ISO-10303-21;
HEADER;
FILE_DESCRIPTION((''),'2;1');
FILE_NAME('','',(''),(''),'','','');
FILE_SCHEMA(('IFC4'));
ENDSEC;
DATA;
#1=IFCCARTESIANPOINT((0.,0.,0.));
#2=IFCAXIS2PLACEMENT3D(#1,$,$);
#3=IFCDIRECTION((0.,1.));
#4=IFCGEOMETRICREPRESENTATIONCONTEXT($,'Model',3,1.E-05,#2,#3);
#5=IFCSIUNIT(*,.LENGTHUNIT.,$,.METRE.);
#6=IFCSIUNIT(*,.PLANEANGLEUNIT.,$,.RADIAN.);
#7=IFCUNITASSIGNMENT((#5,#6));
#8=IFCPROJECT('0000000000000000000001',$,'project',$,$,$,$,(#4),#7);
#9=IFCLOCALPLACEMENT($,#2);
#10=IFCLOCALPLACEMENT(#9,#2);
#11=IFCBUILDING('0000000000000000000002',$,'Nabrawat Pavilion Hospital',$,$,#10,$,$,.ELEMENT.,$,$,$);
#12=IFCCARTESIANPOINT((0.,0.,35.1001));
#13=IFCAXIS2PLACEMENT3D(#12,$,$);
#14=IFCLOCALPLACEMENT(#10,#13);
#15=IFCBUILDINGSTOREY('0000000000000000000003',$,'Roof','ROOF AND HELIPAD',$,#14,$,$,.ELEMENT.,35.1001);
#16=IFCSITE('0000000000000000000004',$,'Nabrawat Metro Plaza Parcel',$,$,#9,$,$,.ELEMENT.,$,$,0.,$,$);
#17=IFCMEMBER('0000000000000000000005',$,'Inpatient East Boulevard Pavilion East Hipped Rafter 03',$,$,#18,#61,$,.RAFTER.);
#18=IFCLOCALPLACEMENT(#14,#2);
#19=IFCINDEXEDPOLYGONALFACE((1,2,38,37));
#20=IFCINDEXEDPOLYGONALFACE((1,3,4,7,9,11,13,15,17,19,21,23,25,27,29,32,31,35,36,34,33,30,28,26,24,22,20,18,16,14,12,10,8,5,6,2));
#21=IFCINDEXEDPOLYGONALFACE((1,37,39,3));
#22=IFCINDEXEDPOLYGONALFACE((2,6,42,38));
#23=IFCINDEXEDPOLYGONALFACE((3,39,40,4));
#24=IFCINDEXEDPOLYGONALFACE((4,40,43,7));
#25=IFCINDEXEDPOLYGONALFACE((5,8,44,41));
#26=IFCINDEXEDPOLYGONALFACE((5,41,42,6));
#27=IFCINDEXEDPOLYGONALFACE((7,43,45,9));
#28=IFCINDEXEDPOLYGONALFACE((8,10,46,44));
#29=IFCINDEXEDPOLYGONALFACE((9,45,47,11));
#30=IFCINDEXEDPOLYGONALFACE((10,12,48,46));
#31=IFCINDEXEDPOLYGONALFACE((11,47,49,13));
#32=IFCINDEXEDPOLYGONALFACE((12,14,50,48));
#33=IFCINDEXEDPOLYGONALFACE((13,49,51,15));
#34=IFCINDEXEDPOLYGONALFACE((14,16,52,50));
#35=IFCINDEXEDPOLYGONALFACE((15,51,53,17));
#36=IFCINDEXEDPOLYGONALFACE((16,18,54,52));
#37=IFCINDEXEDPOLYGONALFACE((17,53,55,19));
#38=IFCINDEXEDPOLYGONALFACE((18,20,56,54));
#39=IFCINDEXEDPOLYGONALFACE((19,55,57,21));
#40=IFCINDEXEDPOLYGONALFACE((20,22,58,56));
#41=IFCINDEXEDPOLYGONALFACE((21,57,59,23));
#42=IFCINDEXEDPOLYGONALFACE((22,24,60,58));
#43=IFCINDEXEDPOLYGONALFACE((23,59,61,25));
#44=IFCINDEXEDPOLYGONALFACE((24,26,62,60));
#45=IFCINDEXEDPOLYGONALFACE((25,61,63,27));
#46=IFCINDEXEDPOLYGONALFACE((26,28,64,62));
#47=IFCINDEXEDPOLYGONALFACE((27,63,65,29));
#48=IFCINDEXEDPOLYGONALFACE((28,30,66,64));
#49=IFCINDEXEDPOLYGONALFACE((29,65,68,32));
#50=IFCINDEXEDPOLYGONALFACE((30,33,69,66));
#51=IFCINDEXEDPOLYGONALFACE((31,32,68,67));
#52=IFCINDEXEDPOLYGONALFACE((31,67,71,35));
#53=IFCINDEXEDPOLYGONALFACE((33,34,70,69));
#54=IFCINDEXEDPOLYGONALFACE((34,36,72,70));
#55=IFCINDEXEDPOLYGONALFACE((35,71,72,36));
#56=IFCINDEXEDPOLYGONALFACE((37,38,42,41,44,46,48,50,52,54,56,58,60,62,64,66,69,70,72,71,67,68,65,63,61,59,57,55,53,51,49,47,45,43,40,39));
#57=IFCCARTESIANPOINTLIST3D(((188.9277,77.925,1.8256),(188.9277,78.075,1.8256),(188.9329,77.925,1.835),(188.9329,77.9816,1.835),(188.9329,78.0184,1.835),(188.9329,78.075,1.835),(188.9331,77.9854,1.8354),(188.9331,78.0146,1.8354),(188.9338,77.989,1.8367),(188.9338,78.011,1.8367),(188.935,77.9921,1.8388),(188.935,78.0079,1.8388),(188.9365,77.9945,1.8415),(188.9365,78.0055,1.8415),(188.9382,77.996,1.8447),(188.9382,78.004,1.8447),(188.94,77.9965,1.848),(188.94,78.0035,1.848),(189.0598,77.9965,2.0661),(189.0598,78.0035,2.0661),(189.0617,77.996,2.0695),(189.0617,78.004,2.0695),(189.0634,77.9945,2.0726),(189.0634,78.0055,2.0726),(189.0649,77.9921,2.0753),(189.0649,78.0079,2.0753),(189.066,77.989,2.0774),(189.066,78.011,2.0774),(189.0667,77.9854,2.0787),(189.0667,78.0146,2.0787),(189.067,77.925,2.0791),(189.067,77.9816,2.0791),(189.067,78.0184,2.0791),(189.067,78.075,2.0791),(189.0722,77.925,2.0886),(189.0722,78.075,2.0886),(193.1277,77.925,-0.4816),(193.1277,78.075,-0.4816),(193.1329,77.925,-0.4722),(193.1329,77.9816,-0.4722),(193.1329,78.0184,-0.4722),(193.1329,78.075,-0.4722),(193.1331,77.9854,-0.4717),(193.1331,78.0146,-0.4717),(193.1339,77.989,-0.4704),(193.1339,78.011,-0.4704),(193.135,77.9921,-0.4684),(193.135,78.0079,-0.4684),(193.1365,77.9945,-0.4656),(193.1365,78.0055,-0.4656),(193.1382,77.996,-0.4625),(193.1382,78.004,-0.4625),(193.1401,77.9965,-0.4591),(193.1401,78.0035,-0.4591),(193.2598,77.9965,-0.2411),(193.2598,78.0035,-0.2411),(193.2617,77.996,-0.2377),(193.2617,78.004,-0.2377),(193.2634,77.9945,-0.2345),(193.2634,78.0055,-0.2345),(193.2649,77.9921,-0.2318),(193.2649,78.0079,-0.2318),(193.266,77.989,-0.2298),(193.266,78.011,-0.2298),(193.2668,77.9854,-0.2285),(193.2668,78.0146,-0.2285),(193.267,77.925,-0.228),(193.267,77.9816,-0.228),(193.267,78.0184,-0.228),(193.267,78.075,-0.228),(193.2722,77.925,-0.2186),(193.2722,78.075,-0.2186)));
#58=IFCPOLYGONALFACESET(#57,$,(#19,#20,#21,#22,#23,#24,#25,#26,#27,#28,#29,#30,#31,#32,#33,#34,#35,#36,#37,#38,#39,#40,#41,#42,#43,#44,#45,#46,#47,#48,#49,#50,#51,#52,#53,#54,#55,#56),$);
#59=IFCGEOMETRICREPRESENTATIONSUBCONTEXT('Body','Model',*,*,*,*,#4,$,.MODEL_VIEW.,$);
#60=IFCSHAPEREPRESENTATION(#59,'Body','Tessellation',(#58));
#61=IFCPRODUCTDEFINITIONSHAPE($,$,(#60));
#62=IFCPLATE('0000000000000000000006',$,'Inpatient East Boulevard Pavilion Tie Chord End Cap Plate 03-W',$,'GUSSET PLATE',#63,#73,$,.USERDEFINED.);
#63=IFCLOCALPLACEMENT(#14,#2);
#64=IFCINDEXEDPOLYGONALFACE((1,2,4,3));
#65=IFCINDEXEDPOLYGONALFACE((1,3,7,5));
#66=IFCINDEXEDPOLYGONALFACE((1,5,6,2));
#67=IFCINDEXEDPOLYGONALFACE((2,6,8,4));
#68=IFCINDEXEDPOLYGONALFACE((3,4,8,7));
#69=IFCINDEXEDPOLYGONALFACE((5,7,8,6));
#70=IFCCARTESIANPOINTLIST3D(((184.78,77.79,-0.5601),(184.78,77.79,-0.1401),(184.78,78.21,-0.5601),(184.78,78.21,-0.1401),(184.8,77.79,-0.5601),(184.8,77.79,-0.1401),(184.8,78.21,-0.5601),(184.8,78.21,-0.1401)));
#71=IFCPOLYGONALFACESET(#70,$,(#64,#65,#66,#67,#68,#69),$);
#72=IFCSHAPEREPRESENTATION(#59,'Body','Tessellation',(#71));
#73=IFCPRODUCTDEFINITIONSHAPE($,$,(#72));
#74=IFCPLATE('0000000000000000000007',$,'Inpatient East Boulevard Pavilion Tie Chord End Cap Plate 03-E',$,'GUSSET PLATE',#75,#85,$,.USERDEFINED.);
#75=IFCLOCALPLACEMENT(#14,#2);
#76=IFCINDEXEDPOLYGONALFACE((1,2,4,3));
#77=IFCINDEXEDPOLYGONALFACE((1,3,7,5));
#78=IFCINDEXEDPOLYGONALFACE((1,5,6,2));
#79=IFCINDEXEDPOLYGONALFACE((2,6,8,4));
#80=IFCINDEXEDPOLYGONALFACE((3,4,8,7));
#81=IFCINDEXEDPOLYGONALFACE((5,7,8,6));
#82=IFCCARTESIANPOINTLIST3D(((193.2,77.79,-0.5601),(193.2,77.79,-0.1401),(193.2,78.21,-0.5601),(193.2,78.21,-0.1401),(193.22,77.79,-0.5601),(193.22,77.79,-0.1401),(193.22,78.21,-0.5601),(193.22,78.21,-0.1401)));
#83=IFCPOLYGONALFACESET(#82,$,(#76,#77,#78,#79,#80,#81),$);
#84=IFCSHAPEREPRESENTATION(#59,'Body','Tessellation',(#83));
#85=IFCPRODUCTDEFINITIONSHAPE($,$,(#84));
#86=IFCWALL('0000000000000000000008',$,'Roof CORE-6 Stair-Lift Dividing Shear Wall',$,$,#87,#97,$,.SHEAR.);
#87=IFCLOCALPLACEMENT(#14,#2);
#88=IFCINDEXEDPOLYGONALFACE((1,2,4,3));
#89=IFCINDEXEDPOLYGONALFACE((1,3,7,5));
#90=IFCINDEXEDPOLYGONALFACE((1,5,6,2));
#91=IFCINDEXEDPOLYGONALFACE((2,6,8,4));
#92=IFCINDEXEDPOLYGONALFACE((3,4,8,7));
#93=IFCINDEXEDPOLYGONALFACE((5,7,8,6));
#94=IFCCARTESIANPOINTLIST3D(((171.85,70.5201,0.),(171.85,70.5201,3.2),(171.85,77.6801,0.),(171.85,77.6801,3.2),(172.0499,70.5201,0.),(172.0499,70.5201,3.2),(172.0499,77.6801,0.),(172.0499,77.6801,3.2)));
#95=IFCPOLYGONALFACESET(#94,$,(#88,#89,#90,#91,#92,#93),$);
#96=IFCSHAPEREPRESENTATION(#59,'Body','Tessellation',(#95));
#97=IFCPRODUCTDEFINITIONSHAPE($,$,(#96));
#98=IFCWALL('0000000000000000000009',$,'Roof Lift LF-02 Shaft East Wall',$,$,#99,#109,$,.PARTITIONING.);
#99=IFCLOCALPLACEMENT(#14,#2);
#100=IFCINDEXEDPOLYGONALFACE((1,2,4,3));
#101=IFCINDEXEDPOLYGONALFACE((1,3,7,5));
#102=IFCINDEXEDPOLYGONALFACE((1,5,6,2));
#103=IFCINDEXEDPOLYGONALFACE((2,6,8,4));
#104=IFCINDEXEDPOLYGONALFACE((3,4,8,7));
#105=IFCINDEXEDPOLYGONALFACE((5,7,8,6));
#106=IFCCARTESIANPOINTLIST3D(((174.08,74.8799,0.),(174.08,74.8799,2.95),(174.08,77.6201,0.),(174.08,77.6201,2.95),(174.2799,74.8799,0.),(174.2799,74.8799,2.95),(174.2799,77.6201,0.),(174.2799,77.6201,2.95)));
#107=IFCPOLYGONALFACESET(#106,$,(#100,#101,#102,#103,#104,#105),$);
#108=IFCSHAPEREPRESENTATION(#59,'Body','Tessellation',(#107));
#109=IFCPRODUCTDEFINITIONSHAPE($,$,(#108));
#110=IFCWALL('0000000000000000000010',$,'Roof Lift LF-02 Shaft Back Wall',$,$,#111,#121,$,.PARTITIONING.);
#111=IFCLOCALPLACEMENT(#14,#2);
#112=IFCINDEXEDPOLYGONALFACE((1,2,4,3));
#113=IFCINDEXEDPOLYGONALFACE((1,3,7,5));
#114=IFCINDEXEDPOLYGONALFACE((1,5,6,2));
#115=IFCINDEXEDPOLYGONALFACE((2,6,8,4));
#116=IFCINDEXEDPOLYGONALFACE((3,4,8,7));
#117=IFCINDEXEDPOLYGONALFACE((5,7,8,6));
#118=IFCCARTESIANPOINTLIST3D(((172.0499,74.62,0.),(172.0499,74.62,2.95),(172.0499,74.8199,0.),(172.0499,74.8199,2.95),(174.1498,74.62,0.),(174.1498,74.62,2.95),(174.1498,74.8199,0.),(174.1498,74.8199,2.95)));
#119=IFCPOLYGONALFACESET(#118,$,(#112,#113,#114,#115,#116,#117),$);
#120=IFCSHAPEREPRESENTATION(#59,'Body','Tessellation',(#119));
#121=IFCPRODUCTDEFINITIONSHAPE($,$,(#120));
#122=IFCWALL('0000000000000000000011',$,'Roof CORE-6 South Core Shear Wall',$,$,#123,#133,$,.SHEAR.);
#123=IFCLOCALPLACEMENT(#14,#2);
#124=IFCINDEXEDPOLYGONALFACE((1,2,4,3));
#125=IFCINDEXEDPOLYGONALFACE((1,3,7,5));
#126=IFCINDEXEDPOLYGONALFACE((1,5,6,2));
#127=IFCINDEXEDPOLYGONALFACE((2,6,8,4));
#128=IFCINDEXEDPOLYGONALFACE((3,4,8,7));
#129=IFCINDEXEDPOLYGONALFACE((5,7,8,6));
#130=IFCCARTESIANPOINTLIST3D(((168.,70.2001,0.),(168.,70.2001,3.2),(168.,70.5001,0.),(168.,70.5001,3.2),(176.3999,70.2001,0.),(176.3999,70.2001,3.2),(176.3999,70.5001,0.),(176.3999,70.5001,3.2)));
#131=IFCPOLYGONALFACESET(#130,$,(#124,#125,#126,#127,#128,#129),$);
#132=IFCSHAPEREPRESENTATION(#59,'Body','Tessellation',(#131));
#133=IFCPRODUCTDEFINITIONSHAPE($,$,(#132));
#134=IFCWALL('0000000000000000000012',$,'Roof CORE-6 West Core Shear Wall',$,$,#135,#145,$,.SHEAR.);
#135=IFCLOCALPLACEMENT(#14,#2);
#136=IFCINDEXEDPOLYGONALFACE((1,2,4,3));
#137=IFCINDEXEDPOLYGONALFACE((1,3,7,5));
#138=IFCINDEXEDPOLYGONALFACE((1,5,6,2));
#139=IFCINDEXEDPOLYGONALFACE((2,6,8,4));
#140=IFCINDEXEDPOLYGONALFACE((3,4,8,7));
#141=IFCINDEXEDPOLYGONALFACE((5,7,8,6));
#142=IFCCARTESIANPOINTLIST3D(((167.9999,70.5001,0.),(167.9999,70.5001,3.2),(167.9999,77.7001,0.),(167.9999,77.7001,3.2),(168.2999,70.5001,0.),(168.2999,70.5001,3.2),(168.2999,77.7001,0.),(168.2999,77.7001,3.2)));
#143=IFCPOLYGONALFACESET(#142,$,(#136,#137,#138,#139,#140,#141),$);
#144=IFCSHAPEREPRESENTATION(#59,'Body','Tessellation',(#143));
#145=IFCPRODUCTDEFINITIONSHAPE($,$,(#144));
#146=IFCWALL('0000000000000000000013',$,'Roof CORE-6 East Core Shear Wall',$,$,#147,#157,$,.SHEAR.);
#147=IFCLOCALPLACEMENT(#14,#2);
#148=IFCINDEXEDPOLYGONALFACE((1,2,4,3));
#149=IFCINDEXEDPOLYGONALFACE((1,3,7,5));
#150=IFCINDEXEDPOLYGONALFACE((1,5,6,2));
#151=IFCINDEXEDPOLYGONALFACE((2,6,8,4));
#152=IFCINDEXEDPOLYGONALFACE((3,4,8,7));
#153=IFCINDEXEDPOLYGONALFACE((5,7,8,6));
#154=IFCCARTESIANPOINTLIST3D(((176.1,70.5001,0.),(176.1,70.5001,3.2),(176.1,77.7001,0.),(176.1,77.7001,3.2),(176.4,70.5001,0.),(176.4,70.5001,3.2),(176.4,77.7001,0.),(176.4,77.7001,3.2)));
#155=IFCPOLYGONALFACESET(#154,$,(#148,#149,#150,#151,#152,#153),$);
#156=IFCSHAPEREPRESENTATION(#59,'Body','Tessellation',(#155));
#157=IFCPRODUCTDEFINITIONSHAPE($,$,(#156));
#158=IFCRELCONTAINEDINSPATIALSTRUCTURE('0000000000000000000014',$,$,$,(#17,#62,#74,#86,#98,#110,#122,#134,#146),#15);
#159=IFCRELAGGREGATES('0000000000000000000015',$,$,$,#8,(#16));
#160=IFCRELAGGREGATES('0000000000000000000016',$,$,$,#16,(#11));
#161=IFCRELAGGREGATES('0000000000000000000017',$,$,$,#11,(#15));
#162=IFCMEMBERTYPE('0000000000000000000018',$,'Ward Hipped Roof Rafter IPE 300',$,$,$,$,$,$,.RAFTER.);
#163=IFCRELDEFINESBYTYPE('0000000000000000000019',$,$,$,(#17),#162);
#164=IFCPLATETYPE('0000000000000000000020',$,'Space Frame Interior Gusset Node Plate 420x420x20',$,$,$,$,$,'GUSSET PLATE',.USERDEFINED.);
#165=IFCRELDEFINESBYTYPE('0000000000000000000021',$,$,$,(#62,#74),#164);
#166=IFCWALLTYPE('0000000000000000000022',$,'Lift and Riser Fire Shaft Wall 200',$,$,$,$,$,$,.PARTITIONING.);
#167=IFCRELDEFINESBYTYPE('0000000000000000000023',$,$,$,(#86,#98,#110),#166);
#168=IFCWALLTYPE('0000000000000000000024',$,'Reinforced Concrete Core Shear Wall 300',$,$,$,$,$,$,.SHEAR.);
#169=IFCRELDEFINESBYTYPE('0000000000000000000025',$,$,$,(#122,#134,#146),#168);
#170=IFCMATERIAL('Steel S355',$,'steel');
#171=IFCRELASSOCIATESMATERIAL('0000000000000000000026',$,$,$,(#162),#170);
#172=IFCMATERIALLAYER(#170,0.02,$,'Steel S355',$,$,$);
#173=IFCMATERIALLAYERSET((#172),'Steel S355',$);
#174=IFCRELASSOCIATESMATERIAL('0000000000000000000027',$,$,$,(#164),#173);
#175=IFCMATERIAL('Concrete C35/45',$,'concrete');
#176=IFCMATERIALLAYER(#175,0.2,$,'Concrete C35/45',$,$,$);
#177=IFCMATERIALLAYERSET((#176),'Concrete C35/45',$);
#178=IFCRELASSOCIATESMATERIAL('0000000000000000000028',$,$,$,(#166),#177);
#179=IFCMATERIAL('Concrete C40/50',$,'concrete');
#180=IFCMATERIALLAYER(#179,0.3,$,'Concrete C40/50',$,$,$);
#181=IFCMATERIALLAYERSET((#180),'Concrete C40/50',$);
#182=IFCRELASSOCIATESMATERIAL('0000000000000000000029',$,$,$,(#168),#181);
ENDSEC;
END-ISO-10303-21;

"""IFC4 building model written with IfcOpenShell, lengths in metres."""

from ifc_helpers import new_model, si_unit, direction, frame, frame_2d, origin, origin_2d, place, context, subcontext, project, spatial, rectangle, i_section, extrude, material, layer, layer_set, material_profile, profile_set, type_object, element, save


model = new_model("IFC4")

# Units and contexts
model_context = context("Model", 3, precision=1e-05, world=origin(), true_north=direction((0.0, 1.0)))
body_context = subcontext(model_context, "Body", "Model", "MODEL_VIEW")
ifc_project = project(units=[si_unit("LENGTHUNIT", "METRE"), si_unit("PLANEANGLEUNIT", "RADIAN")], contexts=[model_context])

# Site, building, storey
site_placement = place(None, origin())
site = spatial("IfcSite", under=ifc_project, at=site_placement, Name="Nabrawat Metro Plaza Parcel", CompositionType="ELEMENT", RefElevation=0.0)
building_placement = place(site_placement, origin())
building = spatial("IfcBuilding", under=site, at=building_placement, Name="Nabrawat Pavilion Hospital", CompositionType="ELEMENT")
storey_placement = place(building_placement, frame((0.0, 0.0, 35.1001)))
storey = spatial("IfcBuildingStorey", under=building, at=storey_placement, Name="Roof", Description="ROOF AND HELIPAD", CompositionType="ELEMENT", Elevation=35.1001)

# Shared definitions
ifc_material_1 = material(Name="Steel S355", Category="steel")

# Member
ifc_material_profile_1 = material_profile(ifc_material_1, i_section(OverallWidth=0.1499, OverallDepth=0.3, WebThickness=0.0071, FlangeThickness=0.0107, FilletRadius=0.0149, at=origin_2d()), Name="IPE 300")
ifc_profile_set_1 = profile_set([ifc_material_profile_1], Name="Steel S355")
member_type_1 = type_object("IfcMemberType", Name="Ward Hipped Roof Rafter IPE 300", PredefinedType="RAFTER", material=ifc_profile_set_1)
for number, where, z_axis, x_axis, name in (
    (1, (193.2, 78.0, -0.3501), (-0.876466, 0.0, 0.481463), (0.0, -1.0, 0.0), "Inpatient East Boulevard Pavilion East Hipped Rafter 03"),
):
    element("IfcMember", number, at=place(storey_placement, frame(where, z_axis=z_axis, x_axis=x_axis)), inside=storey, type_object=member_type_1, Name=name, PredefinedType="RAFTER", context=body_context, shape_type="SweptSolid", body=[
        extrude(i_section(OverallWidth=0.1499, OverallDepth=0.3, WebThickness=0.0071, FlangeThickness=0.0107, FilletRadius=0.0149, at=origin_2d()), origin(), (0.0, 0.0, 1.0), 4.792),
    ])

# Plates
ifc_layer_1 = layer(ifc_material_1, 0.02, Name="Steel S355")
ifc_layer_set_1 = layer_set([ifc_layer_1], Name="Steel S355")
plate_type = type_object("IfcPlateType", Name="Space Frame Interior Gusset Node Plate 420x420x20", ElementType="GUSSET PLATE", PredefinedType="USERDEFINED", material=ifc_layer_set_1)
for number, where, z_axis, x_axis, name in (
    (2, (184.79, 78.0, -0.5601), (0.0, 0.0, 1.0), (1.0, 0.0, 0.0), "Inpatient East Boulevard Pavilion Tie Chord End Cap Plate 03-W"),
    (3, (193.21, 78.0, -0.5601), (0.0, 0.0, 1.0), (1.0, 0.0, 0.0), "Inpatient East Boulevard Pavilion Tie Chord End Cap Plate 03-E"),
):
    element("IfcPlate", number, at=place(storey_placement, frame(where, z_axis=z_axis, x_axis=x_axis)), inside=storey, type_object=plate_type, Name=name, ObjectType="GUSSET PLATE", PredefinedType="USERDEFINED", context=body_context, shape_type="SweptSolid", body=[
        extrude(rectangle(XDim=0.02, YDim=0.4199, at=origin_2d()), origin(), (0.0, 0.0, 1.0), 0.4199),
    ])

# Walls
ifc_material_2 = material(Name="Concrete C35/45", Category="concrete")
ifc_layer_2 = layer(ifc_material_2, 0.2, Name="Concrete C35/45")
ifc_layer_set_2 = layer_set([ifc_layer_2], Name="Concrete C35/45")
wall_type_1 = type_object("IfcWallType", Name="Lift and Riser Fire Shaft Wall 200", PredefinedType="PARTITIONING", material=ifc_layer_set_2)
wall_1_placement = place(storey_placement, frame((171.95, 70.52, 0.0), z_axis=(0.0, 0.0, 1.0), x_axis=(0.0, 1.0, 0.0)))
element("IfcWall", 4, at=wall_1_placement, inside=storey, type_object=wall_type_1, Name="Roof CORE-6 Stair-Lift Dividing Shear Wall", PredefinedType="SHEAR", context=body_context, shape_type="SweptSolid", body=[
    extrude(rectangle(XDim=7.1599, YDim=0.2, at=frame_2d((3.5801, 0.0))), origin(), (0.0, 0.0, 1.0), 3.2),
])
wall_2_placement = place(storey_placement, frame((174.1799, 74.8799, 0.0), z_axis=(0.0, 0.0, 1.0), x_axis=(0.0, 1.0, 0.0)))
element("IfcWall", 5, at=wall_2_placement, inside=storey, type_object=wall_type_1, Name="Roof Lift LF-02 Shaft East Wall", PredefinedType="PARTITIONING", context=body_context, shape_type="SweptSolid", body=[
    extrude(rectangle(XDim=2.7402, YDim=0.2, at=frame_2d((1.3701, 0.0))), origin(), (0.0, 0.0, 1.0), 2.95),
])
wall_3_placement = place(storey_placement, frame((172.05, 74.72, 0.0), z_axis=(0.0, 0.0, 1.0), x_axis=(1.0, 0.0, 0.0)))
element("IfcWall", 6, at=wall_3_placement, inside=storey, type_object=wall_type_1, Name="Roof Lift LF-02 Shaft Back Wall", PredefinedType="PARTITIONING", context=body_context, shape_type="SweptSolid", body=[
    extrude(rectangle(XDim=2.0999, YDim=0.2, at=frame_2d((1.0498, 0.0))), origin(), (0.0, 0.0, 1.0), 2.95),
])
ifc_material_3 = material(Name="Concrete C40/50", Category="concrete")
ifc_layer_3 = layer(ifc_material_3, 0.3, Name="Concrete C40/50")
ifc_layer_set_3 = layer_set([ifc_layer_3], Name="Concrete C40/50")
wall_type_2 = type_object("IfcWallType", Name="Reinforced Concrete Core Shear Wall 300", PredefinedType="SHEAR", material=ifc_layer_set_3)
wall_4_placement = place(storey_placement, frame((168.0, 70.3501, 0.0), z_axis=(0.0, 0.0, 1.0), x_axis=(1.0, 0.0, 0.0)))
element("IfcWall", 7, at=wall_4_placement, inside=storey, type_object=wall_type_2, Name="Roof CORE-6 South Core Shear Wall", PredefinedType="SHEAR", context=body_context, shape_type="SweptSolid", body=[
    extrude(rectangle(XDim=8.3999, YDim=0.3, at=frame_2d((4.2, 0.0))), origin(), (0.0, 0.0, 1.0), 3.2),
])

# Walls
for number, where, z_axis, x_axis, name in (
    (8, (168.1499, 70.5, 0.0), (0.0, 0.0, 1.0), (0.0, 1.0, 0.0), "Roof CORE-6 West Core Shear Wall"),
    (9, (176.25, 70.5, 0.0), (0.0, 0.0, 1.0), (0.0, 1.0, 0.0), "Roof CORE-6 East Core Shear Wall"),
):
    element("IfcWall", number, at=place(storey_placement, frame(where, z_axis=z_axis, x_axis=x_axis)), inside=storey, type_object=wall_type_2, Name=name, PredefinedType="SHEAR", context=body_context, shape_type="SweptSolid", body=[
        extrude(rectangle(XDim=7.2, YDim=0.3, at=frame_2d((3.6001, 0.0))), origin(), (0.0, 0.0, 1.0), 3.2),
    ])

save(model, "model.ifc")
